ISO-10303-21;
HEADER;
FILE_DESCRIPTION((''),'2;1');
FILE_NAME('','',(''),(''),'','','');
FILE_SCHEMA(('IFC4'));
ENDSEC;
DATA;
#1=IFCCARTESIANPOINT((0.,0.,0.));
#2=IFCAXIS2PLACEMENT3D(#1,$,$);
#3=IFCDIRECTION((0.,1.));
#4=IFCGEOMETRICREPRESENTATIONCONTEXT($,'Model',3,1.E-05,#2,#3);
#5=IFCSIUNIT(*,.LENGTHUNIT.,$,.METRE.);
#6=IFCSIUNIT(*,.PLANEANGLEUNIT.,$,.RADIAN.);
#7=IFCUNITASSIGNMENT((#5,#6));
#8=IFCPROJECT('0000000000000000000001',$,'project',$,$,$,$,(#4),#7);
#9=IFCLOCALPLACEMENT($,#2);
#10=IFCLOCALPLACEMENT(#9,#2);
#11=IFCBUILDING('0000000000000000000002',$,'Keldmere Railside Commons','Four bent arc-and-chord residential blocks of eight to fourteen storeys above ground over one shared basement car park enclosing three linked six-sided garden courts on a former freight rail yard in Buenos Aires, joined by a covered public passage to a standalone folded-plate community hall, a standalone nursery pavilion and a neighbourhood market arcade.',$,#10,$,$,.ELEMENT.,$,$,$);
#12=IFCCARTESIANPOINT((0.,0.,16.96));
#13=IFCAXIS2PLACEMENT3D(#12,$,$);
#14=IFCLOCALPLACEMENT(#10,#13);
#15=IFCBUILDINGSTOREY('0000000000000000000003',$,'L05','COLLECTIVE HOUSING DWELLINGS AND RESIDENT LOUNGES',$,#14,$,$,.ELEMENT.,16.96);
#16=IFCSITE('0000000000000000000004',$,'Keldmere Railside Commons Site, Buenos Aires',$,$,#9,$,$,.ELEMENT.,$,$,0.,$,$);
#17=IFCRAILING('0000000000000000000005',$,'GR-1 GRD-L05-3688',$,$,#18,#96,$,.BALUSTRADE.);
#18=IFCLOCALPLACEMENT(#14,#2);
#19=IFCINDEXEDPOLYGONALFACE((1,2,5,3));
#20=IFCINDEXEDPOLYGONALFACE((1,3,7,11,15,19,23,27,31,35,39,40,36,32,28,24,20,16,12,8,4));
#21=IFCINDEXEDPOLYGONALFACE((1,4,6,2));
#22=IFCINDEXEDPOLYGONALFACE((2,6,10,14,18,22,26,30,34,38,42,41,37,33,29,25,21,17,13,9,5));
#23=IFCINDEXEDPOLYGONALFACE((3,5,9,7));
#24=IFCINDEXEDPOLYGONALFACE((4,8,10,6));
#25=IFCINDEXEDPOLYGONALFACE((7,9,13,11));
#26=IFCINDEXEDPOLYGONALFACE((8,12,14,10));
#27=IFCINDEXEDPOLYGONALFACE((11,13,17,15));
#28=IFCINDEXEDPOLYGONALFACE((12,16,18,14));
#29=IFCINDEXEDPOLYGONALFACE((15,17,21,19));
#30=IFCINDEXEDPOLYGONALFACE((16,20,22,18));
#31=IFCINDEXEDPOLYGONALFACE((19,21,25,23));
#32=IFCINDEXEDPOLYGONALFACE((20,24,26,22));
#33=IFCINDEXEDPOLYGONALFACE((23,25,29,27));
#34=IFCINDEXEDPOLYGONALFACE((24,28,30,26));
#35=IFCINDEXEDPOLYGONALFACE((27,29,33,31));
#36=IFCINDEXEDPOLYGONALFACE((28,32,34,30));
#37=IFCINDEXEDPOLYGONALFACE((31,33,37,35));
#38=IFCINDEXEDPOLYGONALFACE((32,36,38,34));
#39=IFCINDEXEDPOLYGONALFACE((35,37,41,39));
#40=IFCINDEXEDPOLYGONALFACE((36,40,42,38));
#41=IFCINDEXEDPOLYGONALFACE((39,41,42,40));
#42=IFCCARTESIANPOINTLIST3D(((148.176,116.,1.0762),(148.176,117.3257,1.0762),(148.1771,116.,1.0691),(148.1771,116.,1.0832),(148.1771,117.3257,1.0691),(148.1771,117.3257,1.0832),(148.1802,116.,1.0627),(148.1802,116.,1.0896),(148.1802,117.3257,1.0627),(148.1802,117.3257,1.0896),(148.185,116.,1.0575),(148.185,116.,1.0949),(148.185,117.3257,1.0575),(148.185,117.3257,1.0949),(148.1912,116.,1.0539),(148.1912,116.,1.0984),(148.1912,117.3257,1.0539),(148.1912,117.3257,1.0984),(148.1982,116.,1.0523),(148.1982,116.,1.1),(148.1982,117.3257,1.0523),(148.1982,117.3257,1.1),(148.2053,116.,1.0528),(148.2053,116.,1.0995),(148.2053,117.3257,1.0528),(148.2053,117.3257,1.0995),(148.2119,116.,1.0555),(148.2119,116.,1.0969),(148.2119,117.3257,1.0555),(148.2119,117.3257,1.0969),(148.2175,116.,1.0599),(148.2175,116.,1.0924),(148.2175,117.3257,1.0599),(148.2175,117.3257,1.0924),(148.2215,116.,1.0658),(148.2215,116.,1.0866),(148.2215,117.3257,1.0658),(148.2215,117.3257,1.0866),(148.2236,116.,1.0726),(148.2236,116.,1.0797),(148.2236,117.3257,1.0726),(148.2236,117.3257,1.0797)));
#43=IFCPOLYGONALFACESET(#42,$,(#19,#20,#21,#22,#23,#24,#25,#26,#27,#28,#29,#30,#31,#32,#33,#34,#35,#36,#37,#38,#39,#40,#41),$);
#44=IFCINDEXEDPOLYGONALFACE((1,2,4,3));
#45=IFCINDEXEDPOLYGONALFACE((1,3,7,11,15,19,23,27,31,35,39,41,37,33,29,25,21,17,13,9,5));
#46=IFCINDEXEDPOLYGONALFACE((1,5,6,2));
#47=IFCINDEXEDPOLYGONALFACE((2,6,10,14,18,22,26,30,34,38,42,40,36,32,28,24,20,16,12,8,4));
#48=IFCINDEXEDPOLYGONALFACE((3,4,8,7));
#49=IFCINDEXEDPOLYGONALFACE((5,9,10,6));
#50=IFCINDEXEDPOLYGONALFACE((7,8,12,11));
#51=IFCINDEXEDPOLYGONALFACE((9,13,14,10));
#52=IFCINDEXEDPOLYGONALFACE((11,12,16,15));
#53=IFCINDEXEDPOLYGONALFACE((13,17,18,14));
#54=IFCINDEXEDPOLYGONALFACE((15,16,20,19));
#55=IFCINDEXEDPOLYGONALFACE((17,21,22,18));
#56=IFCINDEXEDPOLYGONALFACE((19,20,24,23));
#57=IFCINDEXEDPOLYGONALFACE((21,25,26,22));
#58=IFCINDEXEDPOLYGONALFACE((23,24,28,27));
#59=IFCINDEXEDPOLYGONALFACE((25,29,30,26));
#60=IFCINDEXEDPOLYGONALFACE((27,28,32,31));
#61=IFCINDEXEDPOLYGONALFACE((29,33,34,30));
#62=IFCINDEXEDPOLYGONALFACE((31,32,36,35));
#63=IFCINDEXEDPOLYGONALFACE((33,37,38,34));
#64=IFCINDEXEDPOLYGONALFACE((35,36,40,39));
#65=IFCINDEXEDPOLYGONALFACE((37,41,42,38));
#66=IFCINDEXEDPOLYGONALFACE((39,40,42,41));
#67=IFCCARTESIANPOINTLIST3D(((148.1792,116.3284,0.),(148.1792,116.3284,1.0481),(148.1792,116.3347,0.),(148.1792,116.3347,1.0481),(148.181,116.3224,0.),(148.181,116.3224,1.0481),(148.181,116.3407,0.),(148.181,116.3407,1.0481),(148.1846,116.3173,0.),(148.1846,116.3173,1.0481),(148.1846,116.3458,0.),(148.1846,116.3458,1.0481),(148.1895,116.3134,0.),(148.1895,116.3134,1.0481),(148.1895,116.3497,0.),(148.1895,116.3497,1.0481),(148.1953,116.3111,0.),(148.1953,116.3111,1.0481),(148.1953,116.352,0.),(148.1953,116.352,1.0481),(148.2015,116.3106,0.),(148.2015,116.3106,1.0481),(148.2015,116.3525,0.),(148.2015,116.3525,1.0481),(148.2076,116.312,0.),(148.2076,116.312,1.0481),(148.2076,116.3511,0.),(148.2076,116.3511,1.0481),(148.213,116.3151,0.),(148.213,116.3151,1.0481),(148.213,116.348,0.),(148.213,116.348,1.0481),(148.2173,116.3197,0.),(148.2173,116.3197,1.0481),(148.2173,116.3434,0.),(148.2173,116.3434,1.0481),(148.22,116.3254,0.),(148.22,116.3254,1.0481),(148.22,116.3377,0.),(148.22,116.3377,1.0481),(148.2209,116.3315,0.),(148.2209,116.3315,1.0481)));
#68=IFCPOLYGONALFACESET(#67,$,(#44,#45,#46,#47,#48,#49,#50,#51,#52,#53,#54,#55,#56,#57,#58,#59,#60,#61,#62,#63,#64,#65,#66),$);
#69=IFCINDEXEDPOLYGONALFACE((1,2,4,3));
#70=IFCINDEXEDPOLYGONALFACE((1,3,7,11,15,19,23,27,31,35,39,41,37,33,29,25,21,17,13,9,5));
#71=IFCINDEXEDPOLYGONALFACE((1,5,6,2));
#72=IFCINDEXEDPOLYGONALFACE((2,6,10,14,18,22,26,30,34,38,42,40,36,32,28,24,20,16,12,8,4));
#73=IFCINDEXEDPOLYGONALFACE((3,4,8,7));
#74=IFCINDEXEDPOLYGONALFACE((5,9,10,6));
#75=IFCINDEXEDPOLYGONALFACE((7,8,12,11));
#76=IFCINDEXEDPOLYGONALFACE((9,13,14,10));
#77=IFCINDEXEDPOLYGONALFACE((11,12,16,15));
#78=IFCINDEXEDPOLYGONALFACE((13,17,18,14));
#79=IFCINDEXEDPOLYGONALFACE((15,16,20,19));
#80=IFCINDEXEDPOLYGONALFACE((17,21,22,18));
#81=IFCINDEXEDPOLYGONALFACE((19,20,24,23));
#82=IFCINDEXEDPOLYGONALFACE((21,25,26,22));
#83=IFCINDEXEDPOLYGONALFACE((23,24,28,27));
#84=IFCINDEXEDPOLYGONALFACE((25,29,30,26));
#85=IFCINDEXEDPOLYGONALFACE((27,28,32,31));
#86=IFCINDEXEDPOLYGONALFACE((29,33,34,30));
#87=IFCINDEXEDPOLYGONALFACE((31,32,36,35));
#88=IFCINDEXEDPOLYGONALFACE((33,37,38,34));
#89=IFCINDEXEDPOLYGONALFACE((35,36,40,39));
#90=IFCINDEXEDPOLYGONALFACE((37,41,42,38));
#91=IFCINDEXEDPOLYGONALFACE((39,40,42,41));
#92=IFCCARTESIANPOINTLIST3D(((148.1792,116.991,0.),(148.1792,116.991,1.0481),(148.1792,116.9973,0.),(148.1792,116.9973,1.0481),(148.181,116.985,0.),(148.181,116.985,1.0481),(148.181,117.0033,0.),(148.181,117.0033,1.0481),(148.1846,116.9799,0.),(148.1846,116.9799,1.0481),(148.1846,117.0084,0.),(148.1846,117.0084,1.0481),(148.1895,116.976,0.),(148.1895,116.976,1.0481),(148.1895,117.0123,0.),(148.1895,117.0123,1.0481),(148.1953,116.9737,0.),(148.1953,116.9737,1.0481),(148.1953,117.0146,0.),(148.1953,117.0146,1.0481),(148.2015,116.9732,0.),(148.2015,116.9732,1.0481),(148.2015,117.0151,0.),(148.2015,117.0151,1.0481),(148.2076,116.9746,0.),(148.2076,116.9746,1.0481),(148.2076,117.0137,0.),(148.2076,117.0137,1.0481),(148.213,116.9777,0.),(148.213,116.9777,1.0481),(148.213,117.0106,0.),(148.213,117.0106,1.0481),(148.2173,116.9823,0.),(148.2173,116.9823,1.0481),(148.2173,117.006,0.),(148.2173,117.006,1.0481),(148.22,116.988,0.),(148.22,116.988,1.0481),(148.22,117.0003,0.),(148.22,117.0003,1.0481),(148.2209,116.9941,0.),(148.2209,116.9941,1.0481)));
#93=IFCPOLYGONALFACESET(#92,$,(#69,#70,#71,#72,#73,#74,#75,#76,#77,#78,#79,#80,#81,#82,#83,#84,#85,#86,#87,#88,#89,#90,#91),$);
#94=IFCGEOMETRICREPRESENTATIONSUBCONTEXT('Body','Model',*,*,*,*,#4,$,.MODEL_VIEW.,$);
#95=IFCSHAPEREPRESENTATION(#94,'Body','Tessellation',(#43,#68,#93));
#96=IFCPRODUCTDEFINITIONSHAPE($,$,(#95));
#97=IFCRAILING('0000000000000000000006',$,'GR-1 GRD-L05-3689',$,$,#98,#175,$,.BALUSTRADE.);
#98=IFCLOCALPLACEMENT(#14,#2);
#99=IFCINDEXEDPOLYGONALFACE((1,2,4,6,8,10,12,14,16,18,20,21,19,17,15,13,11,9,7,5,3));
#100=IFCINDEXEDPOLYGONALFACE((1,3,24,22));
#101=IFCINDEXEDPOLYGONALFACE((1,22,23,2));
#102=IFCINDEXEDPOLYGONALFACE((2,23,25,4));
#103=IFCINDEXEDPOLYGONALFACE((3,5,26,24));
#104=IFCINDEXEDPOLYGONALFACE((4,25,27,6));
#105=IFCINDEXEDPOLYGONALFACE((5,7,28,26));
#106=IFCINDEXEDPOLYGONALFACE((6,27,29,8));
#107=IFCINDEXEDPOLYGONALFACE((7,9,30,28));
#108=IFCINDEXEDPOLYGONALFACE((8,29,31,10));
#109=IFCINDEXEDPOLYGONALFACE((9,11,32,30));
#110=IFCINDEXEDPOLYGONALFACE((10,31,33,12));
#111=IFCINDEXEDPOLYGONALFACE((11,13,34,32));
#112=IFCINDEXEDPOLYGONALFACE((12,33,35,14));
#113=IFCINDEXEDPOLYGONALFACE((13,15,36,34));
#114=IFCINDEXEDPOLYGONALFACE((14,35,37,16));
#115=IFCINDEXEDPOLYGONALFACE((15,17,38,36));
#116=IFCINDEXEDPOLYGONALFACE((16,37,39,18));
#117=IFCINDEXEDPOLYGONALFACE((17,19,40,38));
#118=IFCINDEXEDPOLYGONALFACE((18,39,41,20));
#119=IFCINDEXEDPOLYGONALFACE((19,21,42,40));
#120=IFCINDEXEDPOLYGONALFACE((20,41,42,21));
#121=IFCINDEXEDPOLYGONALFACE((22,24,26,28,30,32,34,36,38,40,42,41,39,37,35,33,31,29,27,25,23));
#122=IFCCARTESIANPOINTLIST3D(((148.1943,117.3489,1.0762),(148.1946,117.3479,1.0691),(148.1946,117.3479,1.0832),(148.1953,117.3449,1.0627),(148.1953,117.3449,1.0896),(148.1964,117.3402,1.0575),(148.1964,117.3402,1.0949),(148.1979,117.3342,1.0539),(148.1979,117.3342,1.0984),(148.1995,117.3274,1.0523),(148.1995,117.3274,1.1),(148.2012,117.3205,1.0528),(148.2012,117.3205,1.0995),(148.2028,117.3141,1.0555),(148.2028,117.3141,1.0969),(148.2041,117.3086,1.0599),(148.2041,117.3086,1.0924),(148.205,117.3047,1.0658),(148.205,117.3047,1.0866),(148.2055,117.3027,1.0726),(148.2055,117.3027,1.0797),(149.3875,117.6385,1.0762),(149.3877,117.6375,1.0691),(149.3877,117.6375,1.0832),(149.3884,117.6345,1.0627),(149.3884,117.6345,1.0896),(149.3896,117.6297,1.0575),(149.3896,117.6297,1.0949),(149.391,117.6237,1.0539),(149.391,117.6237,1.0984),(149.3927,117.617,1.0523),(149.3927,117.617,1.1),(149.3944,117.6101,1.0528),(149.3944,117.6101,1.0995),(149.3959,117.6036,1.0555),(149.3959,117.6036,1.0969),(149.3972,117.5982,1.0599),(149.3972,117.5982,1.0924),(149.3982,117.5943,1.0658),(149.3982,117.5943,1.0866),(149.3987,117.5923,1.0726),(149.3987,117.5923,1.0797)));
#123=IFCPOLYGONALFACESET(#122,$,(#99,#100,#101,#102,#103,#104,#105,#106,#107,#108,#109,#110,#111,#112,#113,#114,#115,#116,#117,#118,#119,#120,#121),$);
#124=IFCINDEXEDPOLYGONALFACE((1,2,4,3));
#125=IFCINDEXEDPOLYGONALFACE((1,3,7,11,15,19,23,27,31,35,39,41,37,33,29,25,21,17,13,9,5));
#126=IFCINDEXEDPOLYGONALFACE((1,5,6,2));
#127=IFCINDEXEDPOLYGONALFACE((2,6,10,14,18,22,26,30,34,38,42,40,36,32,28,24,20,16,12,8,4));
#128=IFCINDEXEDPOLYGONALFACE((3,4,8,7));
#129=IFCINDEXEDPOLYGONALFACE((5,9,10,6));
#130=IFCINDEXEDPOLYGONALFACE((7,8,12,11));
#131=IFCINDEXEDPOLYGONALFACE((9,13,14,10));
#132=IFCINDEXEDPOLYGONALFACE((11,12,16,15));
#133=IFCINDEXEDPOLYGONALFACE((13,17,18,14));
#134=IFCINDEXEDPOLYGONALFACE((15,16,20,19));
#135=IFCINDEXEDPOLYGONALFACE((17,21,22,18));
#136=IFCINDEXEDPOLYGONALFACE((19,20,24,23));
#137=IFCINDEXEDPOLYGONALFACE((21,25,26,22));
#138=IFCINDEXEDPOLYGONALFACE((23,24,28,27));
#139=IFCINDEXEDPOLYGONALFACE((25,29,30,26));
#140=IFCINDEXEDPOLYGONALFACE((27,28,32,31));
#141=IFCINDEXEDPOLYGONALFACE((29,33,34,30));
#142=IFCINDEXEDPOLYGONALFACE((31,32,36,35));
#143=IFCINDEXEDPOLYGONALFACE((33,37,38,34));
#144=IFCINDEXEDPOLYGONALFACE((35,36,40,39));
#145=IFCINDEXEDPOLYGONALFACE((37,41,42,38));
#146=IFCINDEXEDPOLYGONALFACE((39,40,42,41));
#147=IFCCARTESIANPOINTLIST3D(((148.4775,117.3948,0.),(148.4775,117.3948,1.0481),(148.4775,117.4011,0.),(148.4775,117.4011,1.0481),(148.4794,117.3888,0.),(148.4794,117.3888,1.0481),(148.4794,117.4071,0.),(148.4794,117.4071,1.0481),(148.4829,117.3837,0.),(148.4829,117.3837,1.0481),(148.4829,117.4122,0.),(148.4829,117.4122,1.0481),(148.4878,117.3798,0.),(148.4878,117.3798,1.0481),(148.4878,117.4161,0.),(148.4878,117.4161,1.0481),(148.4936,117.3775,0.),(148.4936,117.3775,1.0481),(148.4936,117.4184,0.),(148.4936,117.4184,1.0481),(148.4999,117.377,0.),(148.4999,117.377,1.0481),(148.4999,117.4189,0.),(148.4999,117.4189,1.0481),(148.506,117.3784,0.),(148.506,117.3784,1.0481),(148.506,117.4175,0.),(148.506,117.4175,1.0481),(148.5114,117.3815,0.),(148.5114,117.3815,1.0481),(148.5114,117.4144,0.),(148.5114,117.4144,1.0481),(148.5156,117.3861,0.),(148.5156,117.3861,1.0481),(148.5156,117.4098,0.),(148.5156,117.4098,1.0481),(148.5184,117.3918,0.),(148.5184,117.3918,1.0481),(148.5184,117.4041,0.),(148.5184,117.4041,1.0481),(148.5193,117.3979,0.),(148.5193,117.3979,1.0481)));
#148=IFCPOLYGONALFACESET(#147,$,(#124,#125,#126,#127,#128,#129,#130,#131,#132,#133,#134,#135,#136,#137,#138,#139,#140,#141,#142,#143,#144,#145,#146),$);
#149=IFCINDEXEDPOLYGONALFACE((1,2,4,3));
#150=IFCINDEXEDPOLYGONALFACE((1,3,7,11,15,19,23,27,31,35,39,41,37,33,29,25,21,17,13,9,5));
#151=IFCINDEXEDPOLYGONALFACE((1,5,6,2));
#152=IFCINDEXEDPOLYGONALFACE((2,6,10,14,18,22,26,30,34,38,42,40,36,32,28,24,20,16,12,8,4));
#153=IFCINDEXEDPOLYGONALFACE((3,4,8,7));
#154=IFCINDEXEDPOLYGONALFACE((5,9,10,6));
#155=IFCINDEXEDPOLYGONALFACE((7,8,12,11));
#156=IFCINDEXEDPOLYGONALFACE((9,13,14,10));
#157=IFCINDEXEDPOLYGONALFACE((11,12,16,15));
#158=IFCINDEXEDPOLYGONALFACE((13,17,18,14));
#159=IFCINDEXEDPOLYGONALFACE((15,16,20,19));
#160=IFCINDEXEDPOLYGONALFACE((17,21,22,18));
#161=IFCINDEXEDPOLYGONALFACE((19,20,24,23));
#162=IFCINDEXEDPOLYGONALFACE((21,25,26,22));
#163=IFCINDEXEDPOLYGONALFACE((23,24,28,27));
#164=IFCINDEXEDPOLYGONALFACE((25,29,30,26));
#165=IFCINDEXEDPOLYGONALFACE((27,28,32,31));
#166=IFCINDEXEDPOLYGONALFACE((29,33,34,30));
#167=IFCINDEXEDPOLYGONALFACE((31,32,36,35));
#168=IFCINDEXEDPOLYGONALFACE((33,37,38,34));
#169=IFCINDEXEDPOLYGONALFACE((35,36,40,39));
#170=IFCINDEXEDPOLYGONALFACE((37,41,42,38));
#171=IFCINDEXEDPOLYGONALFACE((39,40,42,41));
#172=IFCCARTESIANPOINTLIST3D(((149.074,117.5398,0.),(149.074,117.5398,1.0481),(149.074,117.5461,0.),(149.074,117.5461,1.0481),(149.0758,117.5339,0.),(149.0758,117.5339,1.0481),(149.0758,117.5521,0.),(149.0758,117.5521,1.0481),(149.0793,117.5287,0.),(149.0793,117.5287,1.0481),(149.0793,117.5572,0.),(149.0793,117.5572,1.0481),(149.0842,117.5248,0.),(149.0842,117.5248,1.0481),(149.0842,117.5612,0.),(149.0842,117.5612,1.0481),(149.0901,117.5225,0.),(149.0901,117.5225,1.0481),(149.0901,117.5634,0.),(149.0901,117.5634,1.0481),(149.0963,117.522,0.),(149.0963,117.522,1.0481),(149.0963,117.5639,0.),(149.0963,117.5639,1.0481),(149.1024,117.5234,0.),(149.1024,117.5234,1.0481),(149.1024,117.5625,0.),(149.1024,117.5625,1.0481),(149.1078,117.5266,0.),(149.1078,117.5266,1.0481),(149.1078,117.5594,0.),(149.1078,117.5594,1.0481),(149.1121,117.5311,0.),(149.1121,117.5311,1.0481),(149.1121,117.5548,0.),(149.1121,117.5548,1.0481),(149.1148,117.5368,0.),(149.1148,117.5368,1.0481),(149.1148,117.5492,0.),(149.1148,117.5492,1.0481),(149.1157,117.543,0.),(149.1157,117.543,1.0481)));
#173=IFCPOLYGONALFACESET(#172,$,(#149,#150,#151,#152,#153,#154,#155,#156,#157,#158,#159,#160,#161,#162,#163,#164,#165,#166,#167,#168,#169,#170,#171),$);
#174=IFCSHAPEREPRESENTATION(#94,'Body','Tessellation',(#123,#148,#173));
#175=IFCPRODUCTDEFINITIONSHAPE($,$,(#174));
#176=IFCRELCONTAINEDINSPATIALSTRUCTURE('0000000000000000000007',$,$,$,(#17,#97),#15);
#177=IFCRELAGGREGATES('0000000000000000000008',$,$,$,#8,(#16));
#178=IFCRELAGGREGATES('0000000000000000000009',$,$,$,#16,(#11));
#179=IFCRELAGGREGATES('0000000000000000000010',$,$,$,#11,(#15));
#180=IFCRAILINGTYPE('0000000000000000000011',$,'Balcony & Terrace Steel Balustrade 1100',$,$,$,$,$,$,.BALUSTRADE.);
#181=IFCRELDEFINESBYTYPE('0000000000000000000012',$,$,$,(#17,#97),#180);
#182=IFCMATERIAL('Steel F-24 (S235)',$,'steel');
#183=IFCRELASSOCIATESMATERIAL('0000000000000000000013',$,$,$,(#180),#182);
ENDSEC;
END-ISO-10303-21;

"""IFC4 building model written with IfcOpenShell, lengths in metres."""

from ifc_helpers import new_model, si_unit, direction, frame, origin, origin_2d, place, context, subcontext, project, spatial, circle, extrude, material, type_object, element, save


model = new_model("IFC4")

# Units and contexts
model_context = context("Model", 3, precision=1e-05, world=origin(), true_north=direction((0.0, 1.0)))
body_context = subcontext(model_context, "Body", "Model", "MODEL_VIEW")
ifc_project = project(units=[si_unit("LENGTHUNIT", "METRE"), si_unit("PLANEANGLEUNIT", "RADIAN")], contexts=[model_context])

# Site, building, storey
site_placement = place(None, origin())
site = spatial("IfcSite", under=ifc_project, at=site_placement, Name="Keldmere Railside Commons Site, Buenos Aires", CompositionType="ELEMENT", RefElevation=0.0)
building_placement = place(site_placement, origin())
building = spatial("IfcBuilding", under=site, at=building_placement, Name="Keldmere Railside Commons", Description="Four bent arc-and-chord residential blocks of eight to fourteen storeys above ground over one shared basement car park enclosing three linked six-sided garden courts on a former freight rail yard in Buenos Aires, joined by a covered public passage to a standalone folded-plate community hall, a standalone nursery pavilion and a neighbourhood market arcade.", CompositionType="ELEMENT")
storey_placement = place(building_placement, frame((0.0, 0.0, 16.96)))
storey = spatial("IfcBuildingStorey", under=building, at=storey_placement, Name="L05", Description="COLLECTIVE HOUSING DWELLINGS AND RESIDENT LOUNGES", CompositionType="ELEMENT", Elevation=16.96)

# Railings
ifc_material_1 = material(Name="Steel F-24 (S235)", Category="steel")
railing_type = type_object("IfcRailingType", Name="Balcony & Terrace Steel Balustrade 1100", PredefinedType="BALUSTRADE", material=ifc_material_1)
railing_1_placement = place(storey_placement, frame((148.2, 116.0, 0.0)))
element("IfcRailing", 1, at=railing_1_placement, inside=storey, type_object=railing_type, Name="GR-1 GRD-L05-3688", PredefinedType="BALUSTRADE", context=body_context, shape_type="SweptSolid", body=[
    extrude(circle(Radius=0.0239, at=origin_2d()), frame((0.0, 0.0, 1.0762), z_axis=(0.0, 1.0, 0.0), x_axis=(-1.0, 0.0, 0.0)), (0.0, 0.0, 1.0), 1.3257),
    extrude(circle(Radius=0.021, at=origin_2d()), frame((0.0, 0.3315, 0.0)), (0.0, 0.0, 1.0), 1.0481),
    extrude(circle(Radius=0.021, at=origin_2d()), frame((0.0, 0.9941, 0.0)), (0.0, 0.0, 1.0), 1.0481),
])
railing_2_placement = place(storey_placement, frame((148.2, 117.3257, 0.0)))
element("IfcRailing", 2, at=railing_2_placement, inside=storey, type_object=railing_type, Name="GR-1 GRD-L05-3689", PredefinedType="BALUSTRADE", context=body_context, shape_type="SweptSolid", body=[
    extrude(circle(Radius=0.0239, at=origin_2d()), frame((0.0, 0.0, 1.0762), z_axis=(0.971792, 0.235839, 0.0), x_axis=(-0.235839, 0.971792, 0.0)), (0.0, 0.0, 1.0), 1.2278),
    extrude(circle(Radius=0.021, at=origin_2d()), frame((0.2983, 0.0723, 0.0)), (0.0, 0.0, 1.0), 1.0481),
    extrude(circle(Radius=0.021, at=origin_2d()), frame((0.8948, 0.2173, 0.0)), (0.0, 0.0, 1.0), 1.0481),
])

save(model, "model.ifc")
